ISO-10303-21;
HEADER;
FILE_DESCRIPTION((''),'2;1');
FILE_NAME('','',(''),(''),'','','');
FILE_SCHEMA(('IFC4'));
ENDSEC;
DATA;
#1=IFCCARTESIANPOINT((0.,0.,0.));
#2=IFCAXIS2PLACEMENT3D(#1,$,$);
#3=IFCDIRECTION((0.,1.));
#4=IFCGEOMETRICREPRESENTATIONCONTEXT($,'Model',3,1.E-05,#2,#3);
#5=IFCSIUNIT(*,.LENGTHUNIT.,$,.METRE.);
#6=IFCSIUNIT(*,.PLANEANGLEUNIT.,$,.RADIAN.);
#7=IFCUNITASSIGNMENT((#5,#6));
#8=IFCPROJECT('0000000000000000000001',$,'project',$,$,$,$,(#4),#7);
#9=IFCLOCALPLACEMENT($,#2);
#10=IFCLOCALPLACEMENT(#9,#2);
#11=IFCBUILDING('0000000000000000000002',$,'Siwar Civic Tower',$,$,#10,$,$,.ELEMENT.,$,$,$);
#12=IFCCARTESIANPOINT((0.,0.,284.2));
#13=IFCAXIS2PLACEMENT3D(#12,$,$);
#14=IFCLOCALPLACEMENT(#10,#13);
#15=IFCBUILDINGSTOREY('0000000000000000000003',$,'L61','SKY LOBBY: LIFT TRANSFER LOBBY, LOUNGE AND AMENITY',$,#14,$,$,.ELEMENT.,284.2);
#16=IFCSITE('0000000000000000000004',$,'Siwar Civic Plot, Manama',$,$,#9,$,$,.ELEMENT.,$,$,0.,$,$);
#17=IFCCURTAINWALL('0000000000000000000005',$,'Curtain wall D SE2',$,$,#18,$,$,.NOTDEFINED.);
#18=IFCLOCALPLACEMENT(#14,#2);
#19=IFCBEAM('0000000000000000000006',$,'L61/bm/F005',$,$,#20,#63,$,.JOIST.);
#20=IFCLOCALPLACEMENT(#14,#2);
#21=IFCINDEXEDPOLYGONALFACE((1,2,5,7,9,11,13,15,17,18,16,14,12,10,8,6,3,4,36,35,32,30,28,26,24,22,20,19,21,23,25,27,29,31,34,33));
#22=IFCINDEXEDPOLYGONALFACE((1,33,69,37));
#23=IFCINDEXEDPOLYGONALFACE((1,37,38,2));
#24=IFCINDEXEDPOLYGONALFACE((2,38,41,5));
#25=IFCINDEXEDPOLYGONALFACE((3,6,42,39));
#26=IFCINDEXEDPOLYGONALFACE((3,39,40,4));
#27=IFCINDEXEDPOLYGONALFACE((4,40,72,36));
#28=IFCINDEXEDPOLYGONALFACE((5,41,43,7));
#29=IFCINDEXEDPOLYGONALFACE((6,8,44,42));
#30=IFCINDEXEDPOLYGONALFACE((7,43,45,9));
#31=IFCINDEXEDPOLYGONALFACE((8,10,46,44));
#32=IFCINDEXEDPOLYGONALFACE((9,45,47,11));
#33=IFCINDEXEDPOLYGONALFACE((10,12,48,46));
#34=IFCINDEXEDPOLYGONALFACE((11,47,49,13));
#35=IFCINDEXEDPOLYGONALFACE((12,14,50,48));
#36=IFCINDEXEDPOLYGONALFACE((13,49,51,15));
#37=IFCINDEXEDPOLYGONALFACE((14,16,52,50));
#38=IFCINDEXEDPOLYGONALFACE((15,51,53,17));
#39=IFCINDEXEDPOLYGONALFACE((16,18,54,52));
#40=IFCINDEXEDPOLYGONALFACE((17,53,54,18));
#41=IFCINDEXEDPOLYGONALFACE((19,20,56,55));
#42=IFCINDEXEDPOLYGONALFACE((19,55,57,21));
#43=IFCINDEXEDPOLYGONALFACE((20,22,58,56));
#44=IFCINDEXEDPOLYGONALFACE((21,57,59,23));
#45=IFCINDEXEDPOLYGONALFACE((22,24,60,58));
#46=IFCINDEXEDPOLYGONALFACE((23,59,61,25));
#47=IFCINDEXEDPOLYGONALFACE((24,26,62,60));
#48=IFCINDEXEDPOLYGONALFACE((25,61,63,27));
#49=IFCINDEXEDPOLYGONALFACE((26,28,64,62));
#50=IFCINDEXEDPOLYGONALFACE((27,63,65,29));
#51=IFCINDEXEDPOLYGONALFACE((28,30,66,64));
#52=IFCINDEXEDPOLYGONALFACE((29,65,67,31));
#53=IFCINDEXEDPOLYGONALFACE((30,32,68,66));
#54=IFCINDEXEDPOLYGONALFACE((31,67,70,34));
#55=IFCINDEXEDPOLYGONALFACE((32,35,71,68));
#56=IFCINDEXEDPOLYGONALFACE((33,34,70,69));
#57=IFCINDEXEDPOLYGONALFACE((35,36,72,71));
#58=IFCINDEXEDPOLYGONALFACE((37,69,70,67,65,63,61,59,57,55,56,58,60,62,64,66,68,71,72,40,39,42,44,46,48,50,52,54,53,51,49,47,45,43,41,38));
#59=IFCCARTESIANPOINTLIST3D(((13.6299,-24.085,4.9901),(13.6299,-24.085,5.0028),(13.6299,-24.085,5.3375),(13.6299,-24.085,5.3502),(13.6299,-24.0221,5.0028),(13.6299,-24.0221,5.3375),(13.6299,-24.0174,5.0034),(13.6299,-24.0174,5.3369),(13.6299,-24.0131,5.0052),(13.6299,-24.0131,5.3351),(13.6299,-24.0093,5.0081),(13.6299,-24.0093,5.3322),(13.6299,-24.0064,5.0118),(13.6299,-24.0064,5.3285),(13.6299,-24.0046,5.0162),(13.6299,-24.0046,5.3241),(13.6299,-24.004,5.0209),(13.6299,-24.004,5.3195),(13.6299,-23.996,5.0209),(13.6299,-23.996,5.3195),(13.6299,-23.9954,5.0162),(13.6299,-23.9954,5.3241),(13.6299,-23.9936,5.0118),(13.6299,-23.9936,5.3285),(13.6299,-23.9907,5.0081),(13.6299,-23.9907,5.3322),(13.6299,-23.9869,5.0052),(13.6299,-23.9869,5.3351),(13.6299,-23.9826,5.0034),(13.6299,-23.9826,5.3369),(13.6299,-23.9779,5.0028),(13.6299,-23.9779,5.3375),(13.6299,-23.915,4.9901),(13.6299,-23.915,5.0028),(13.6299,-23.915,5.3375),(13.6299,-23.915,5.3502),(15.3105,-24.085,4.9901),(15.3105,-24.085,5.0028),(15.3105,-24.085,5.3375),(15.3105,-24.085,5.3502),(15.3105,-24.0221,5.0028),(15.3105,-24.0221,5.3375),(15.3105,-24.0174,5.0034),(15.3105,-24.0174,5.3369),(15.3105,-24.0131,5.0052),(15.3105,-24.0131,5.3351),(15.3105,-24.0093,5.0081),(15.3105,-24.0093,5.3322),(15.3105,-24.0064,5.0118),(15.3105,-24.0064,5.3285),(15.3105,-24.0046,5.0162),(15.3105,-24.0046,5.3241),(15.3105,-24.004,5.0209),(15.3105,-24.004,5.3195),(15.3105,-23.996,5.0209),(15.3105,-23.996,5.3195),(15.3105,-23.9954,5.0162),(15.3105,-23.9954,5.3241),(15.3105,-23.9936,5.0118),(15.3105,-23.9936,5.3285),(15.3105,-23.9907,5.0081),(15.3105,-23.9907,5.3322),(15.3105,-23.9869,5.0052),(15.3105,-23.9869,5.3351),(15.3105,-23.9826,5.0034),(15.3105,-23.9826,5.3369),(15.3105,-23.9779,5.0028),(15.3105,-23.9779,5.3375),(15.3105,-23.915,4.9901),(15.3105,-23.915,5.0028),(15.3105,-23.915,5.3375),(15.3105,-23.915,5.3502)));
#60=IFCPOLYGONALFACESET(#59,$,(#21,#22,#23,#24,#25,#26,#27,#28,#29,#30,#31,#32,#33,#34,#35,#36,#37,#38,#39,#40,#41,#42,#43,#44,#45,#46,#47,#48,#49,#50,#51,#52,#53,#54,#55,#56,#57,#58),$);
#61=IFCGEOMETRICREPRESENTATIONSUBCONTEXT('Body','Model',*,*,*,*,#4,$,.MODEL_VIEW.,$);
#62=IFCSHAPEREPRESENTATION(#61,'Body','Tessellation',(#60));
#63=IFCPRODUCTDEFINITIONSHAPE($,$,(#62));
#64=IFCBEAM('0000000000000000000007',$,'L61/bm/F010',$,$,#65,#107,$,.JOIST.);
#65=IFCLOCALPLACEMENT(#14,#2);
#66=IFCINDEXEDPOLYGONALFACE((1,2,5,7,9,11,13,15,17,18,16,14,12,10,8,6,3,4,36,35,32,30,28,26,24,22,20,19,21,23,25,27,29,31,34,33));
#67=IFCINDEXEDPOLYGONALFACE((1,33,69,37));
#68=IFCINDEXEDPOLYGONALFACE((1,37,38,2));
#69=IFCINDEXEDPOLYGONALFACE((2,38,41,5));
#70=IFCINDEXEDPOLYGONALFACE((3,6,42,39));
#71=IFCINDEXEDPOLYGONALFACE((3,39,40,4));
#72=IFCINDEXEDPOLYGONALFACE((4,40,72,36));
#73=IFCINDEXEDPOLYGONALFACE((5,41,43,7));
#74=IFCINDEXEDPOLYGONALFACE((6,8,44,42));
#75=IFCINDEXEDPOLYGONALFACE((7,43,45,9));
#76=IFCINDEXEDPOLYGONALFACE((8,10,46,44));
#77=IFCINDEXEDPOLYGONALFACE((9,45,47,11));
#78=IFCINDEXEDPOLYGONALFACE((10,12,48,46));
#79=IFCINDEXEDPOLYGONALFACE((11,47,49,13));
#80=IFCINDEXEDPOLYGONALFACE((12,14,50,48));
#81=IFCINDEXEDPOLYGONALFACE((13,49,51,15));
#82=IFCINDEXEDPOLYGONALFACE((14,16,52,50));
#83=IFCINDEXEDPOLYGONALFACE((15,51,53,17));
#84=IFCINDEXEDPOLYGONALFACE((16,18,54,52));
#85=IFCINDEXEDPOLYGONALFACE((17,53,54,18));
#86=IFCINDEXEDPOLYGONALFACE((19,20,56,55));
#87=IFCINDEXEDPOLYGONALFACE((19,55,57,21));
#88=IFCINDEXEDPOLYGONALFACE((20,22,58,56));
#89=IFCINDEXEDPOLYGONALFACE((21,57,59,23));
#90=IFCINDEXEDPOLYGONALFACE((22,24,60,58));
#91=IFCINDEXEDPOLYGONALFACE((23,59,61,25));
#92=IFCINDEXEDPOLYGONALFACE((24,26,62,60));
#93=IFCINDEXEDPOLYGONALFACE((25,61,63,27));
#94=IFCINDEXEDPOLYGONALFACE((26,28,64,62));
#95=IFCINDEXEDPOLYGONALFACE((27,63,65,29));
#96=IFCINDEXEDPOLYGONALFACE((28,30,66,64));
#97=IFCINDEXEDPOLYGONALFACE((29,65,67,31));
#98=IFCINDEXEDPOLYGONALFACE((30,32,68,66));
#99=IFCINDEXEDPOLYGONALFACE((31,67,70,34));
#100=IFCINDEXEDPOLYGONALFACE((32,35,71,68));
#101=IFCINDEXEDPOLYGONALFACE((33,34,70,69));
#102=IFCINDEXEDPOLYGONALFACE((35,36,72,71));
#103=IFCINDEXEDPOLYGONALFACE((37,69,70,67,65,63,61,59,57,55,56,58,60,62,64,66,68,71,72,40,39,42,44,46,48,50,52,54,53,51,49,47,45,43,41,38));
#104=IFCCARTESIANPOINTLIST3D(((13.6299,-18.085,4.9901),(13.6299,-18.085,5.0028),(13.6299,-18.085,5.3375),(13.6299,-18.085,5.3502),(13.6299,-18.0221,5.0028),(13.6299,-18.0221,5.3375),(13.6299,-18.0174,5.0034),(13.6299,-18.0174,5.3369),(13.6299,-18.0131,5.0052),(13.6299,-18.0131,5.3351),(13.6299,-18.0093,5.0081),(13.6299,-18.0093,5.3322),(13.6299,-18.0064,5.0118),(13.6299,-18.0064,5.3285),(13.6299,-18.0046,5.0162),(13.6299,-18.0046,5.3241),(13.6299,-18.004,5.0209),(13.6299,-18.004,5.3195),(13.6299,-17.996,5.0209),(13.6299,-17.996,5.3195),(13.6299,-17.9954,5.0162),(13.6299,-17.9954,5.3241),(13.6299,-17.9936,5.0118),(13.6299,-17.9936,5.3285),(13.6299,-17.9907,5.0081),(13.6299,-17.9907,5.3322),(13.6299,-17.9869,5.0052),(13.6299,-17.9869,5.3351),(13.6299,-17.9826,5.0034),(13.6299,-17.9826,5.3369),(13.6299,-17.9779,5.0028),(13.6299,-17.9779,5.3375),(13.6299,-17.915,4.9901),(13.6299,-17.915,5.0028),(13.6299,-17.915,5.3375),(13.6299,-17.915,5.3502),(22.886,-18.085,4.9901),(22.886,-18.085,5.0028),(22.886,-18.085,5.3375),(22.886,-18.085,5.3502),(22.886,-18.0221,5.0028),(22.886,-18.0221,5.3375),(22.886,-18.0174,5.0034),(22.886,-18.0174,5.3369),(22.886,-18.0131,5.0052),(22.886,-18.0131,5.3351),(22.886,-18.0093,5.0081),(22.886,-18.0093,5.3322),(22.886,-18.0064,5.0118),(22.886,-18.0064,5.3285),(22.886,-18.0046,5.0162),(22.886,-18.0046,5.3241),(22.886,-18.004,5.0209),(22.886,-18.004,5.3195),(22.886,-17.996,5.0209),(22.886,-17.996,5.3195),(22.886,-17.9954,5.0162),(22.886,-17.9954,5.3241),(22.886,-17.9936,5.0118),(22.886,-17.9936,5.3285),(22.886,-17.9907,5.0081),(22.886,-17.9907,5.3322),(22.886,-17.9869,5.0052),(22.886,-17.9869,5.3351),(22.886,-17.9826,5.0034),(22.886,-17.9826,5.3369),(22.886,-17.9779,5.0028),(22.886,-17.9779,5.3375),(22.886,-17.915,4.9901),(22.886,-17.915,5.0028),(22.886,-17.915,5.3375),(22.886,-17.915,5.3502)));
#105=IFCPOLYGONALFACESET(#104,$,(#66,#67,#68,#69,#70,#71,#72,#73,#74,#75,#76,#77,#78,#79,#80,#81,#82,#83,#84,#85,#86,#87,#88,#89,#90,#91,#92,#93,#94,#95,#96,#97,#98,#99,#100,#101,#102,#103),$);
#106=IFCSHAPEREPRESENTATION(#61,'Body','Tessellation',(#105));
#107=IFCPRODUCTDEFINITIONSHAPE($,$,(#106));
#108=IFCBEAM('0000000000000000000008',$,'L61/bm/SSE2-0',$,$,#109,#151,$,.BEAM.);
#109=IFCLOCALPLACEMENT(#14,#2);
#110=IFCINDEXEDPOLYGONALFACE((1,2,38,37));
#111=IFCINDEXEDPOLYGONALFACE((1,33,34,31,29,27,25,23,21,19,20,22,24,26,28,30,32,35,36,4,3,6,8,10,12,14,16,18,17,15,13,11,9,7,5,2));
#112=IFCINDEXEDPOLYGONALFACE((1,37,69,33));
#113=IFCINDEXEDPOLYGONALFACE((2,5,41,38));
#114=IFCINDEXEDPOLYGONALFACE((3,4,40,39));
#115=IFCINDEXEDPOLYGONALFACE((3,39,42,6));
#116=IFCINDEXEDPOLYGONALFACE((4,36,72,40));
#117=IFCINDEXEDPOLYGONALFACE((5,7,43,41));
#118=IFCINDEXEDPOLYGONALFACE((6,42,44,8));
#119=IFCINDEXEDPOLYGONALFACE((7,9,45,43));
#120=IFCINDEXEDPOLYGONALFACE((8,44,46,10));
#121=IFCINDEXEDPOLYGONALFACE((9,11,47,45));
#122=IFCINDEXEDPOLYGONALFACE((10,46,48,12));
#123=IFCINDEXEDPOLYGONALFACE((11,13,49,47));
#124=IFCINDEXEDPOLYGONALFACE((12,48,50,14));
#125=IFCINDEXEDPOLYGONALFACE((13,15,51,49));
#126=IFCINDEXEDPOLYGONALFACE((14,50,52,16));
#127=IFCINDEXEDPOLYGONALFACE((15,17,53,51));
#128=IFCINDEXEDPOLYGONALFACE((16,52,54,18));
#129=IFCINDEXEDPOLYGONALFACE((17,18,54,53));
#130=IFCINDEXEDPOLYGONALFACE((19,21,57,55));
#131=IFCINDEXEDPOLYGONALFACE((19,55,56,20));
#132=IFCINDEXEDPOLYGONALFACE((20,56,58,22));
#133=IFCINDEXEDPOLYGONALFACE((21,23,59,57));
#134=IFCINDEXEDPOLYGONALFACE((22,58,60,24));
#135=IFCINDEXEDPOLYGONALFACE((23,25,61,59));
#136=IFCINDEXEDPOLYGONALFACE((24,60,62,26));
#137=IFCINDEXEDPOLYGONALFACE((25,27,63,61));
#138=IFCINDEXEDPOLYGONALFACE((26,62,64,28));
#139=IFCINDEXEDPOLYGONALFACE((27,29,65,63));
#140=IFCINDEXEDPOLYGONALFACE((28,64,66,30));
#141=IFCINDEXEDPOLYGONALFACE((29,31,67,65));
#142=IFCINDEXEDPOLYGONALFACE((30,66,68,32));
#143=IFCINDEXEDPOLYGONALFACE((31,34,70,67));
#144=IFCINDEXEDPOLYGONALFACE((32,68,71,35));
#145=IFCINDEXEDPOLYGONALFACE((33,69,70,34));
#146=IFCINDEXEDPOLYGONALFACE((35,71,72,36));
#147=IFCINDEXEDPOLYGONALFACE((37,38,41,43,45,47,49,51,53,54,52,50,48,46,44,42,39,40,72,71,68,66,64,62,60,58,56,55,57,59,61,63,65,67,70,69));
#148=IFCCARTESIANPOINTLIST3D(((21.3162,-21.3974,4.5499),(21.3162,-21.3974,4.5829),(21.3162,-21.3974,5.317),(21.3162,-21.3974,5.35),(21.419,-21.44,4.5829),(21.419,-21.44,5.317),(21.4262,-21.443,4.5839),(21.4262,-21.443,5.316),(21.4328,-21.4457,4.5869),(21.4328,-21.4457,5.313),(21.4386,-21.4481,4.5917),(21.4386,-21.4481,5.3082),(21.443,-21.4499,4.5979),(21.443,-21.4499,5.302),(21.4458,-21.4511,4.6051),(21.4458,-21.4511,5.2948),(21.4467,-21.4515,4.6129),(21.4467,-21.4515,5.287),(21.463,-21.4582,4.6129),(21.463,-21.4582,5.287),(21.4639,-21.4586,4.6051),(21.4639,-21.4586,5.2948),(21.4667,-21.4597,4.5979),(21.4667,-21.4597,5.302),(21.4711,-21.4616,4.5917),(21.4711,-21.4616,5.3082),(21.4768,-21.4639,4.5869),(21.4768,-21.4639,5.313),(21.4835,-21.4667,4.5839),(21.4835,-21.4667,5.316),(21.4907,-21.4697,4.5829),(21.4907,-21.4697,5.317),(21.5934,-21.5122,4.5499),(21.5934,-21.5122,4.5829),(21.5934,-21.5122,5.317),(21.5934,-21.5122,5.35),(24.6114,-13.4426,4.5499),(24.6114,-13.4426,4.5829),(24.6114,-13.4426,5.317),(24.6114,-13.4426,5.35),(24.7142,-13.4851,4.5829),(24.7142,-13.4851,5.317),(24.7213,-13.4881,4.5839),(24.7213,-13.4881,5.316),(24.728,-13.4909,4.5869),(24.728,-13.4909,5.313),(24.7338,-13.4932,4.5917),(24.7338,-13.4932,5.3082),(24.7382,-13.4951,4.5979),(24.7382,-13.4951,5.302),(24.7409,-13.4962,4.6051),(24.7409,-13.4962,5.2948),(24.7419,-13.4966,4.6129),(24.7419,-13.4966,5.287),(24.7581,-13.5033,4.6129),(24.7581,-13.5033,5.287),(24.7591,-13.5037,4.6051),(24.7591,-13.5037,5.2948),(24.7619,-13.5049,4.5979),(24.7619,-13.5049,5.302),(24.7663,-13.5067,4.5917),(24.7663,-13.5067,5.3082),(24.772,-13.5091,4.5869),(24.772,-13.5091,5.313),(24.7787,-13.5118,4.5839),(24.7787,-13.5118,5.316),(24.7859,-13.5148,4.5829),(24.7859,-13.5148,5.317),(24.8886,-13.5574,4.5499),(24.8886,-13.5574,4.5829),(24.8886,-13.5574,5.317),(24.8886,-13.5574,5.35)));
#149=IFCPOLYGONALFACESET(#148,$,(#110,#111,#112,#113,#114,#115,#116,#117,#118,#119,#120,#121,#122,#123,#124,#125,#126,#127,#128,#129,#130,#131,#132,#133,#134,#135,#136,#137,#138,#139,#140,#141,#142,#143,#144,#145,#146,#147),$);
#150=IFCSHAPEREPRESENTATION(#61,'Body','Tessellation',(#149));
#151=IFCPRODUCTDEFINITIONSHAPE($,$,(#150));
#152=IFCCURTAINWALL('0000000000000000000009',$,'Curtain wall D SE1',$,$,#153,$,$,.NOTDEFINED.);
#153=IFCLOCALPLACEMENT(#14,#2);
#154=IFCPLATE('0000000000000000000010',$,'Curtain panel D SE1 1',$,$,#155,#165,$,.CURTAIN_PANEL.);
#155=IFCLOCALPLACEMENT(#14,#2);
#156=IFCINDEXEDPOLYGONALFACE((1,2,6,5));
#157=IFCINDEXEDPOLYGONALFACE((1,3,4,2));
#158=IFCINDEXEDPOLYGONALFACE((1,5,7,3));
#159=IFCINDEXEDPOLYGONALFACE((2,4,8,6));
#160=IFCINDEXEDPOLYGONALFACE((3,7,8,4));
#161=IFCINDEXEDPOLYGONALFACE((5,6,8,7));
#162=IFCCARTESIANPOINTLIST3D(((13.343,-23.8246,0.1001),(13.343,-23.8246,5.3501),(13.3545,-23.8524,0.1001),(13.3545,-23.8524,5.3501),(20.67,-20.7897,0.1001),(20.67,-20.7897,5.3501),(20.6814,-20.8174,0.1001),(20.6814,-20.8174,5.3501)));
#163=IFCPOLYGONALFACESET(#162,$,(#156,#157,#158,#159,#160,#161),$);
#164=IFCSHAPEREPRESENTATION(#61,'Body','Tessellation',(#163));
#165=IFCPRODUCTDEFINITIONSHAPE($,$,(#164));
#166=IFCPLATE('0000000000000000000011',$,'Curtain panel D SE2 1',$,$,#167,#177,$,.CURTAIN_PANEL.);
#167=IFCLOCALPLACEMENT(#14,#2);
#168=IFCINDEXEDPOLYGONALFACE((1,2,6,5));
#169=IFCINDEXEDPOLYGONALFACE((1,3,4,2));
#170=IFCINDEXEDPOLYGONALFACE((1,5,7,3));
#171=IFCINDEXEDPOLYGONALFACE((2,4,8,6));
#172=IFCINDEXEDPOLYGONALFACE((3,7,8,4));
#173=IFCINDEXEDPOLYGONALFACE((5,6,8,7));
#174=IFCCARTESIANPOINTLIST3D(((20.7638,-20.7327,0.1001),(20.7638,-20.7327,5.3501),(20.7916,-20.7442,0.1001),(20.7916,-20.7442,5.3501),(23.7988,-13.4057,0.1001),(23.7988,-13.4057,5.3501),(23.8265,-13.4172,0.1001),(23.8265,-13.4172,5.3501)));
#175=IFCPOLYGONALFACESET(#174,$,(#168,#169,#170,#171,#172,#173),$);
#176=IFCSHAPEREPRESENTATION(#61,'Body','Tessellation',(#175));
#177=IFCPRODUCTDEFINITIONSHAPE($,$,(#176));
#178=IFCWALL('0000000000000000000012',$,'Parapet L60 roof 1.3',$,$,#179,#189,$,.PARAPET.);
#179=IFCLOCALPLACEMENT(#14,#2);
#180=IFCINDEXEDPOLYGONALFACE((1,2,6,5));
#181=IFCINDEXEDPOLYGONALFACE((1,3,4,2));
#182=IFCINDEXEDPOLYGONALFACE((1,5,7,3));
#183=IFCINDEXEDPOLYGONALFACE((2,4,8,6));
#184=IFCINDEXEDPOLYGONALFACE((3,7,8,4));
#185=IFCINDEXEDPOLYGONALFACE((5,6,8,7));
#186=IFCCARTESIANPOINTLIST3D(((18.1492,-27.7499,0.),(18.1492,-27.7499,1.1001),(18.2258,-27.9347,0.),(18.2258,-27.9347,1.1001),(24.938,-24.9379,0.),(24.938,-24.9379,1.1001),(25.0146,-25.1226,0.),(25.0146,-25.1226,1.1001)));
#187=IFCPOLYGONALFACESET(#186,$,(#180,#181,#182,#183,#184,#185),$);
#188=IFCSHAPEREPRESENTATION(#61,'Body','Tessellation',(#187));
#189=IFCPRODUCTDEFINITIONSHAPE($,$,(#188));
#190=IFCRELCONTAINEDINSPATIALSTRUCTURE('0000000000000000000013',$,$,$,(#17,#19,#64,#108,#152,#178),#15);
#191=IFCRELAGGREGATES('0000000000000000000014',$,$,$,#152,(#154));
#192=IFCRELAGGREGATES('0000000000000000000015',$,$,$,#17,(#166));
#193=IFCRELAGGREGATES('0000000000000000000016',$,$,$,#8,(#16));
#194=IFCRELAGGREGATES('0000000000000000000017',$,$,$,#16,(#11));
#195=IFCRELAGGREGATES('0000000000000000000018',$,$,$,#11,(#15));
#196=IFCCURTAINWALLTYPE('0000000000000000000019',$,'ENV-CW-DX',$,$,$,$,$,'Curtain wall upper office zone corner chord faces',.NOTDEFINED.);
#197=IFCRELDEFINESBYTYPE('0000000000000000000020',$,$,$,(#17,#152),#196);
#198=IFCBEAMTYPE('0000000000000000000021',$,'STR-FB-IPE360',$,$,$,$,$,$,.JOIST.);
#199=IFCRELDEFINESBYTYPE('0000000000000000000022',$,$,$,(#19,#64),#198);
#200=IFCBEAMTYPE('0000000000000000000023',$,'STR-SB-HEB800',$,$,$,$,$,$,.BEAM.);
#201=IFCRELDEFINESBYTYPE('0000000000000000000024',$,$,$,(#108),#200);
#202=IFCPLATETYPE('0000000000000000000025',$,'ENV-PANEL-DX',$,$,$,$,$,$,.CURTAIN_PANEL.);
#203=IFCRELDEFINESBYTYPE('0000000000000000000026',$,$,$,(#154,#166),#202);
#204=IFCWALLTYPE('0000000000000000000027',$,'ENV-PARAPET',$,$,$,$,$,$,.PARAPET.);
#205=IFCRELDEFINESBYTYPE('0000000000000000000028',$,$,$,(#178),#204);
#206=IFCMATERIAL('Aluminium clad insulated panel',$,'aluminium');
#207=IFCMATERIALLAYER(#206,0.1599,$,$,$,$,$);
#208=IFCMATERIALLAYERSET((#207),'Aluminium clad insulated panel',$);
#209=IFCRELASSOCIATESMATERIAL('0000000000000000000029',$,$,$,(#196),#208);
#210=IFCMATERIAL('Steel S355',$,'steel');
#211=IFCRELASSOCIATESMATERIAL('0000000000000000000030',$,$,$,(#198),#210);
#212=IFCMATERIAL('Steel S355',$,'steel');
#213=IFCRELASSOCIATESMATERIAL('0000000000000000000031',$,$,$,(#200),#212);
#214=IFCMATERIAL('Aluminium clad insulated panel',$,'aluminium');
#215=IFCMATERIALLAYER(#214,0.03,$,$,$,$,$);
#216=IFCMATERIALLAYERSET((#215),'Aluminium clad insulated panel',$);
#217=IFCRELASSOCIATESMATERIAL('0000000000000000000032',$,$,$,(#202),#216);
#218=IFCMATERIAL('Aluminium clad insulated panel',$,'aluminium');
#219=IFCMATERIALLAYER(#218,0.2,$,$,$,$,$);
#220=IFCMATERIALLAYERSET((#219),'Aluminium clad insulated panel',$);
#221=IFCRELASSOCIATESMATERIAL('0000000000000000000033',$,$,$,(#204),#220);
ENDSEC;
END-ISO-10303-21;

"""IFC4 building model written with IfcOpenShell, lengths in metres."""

from ifc_helpers import new_model, si_unit, direction, frame, frame_2d, origin, origin_2d, place, context, subcontext, project, spatial, rectangle, i_section, extrude, material, layer, layer_set, material_profile, profile_set, type_object, element, aggregate, save


model = new_model("IFC4")

# Units and contexts
model_context = context("Model", 3, precision=1e-05, world=origin(), true_north=direction((0.0, 1.0)))
body_context = subcontext(model_context, "Body", "Model", "MODEL_VIEW")
ifc_project = project(units=[si_unit("LENGTHUNIT", "METRE"), si_unit("PLANEANGLEUNIT", "RADIAN")], contexts=[model_context])

# Site, building, storey
site_placement = place(None, origin())
site = spatial("IfcSite", under=ifc_project, at=site_placement, Name="Siwar Civic Plot, Manama", CompositionType="ELEMENT", RefElevation=0.0)
building_placement = place(site_placement, origin())
building = spatial("IfcBuilding", under=site, at=building_placement, Name="Siwar Civic Tower", CompositionType="ELEMENT")
storey_placement = place(building_placement, frame((0.0, 0.0, 284.2)))
storey = spatial("IfcBuildingStorey", under=building, at=storey_placement, Name="L61", Description="SKY LOBBY: LIFT TRANSFER LOBBY, LOUNGE AND AMENITY", CompositionType="ELEMENT", Elevation=284.2)

# Curtain wall
ifc_material_1 = material(Name="Aluminium clad insulated panel", Category="aluminium")
ifc_layer_1 = layer(ifc_material_1, 0.1599)
ifc_layer_set_1 = layer_set([ifc_layer_1], Name="Aluminium clad insulated panel")
curtain_wall_type = type_object("IfcCurtainWallType", Name="ENV-CW-DX", ElementType="Curtain wall upper office zone corner chord faces", PredefinedType="NOTDEFINED", material=ifc_layer_set_1)
curtain_wall_1_placement = place(storey_placement, origin())
curtain_wall_1 = element("IfcCurtainWall", 1, at=curtain_wall_1_placement, inside=storey, type_object=curtain_wall_type, Name="Curtain wall D SE2", PredefinedType="NOTDEFINED")

# Beams
ifc_material_2 = material(Name="Steel S355", Category="steel")
ifc_material_profile_1 = material_profile(ifc_material_2, i_section(OverallWidth=0.1699, OverallDepth=0.3601, WebThickness=0.0081, FlangeThickness=0.0127, FilletRadius=0.0181, at=origin_2d()), Name="IPE360")
ifc_profile_set_1 = profile_set([ifc_material_profile_1], Name="Steel S355")
beam_type_1 = type_object("IfcBeamType", Name="STR-FB-IPE360", PredefinedType="JOIST", material=ifc_profile_set_1)
beam_1_placement = place(storey_placement, frame((13.6299, -24.0, 5.1702), z_axis=(1.0, 0.0, 0.0), x_axis=(0.0, 1.0, 0.0)))
element("IfcBeam", 2, at=beam_1_placement, inside=storey, type_object=beam_type_1, Name="L61/bm/F005", PredefinedType="JOIST", context=body_context, shape_type="SweptSolid", body=[
    extrude(i_section(OverallWidth=0.1699, OverallDepth=0.3601, WebThickness=0.0081, FlangeThickness=0.0127, FilletRadius=0.0181, at=origin_2d()), origin(), (0.0, 0.0, 1.0), 1.6807),
])
beam_2_placement = place(storey_placement, frame((13.6299, -18.0, 5.1702), z_axis=(1.0, 0.0, 0.0), x_axis=(0.0, 1.0, 0.0)))
element("IfcBeam", 3, at=beam_2_placement, inside=storey, type_object=beam_type_1, Name="L61/bm/F010", PredefinedType="JOIST", context=body_context, shape_type="SweptSolid", body=[
    extrude(i_section(OverallWidth=0.1699, OverallDepth=0.3601, WebThickness=0.0081, FlangeThickness=0.0127, FilletRadius=0.0181, at=origin_2d()), origin(), (0.0, 0.0, 1.0), 9.2561),
])
ifc_material_3 = material(Name="Steel S355", Category="steel")
ifc_material_profile_2 = material_profile(ifc_material_3, i_section(OverallWidth=0.3, OverallDepth=0.8, WebThickness=0.0176, FlangeThickness=0.033, FilletRadius=0.03, at=origin_2d()), Name="HEB800")
ifc_profile_set_2 = profile_set([ifc_material_profile_2], Name="Steel S355")
beam_type_2 = type_object("IfcBeamType", Name="STR-SB-HEB800", PredefinedType="BEAM", material=ifc_profile_set_2)
beam_3_placement = place(storey_placement, frame((21.4548, -21.4548, 4.95), z_axis=(0.3827, 0.923873, 0.0), x_axis=(-0.923873, 0.3827, 0.0)))
element("IfcBeam", 4, at=beam_3_placement, inside=storey, type_object=beam_type_2, Name="L61/bm/SSE2-0", PredefinedType="BEAM", context=body_context, shape_type="SweptSolid", body=[
    extrude(i_section(OverallWidth=0.3, OverallDepth=0.8, WebThickness=0.0176, FlangeThickness=0.033, FilletRadius=0.03, at=origin_2d()), origin(), (0.0, 0.0, 1.0), 8.6104),
])

# Curtain wall, plate
curtain_wall_2_placement = place(storey_placement, origin())
curtain_wall_2 = element("IfcCurtainWall", 5, at=curtain_wall_2_placement, inside=storey, type_object=curtain_wall_type, Name="Curtain wall D SE1", PredefinedType="NOTDEFINED")
ifc_material_4 = material(Name="Aluminium clad insulated panel", Category="aluminium")
ifc_layer_2 = layer(ifc_material_4, 0.03)
ifc_layer_set_2 = layer_set([ifc_layer_2], Name="Aluminium clad insulated panel")
plate_type = type_object("IfcPlateType", Name="ENV-PANEL-DX", PredefinedType="CURTAIN_PANEL", material=ifc_layer_set_2)
plate_1_placement = place(storey_placement, frame((17.0122, -22.321, 0.1001), z_axis=(0.0, 0.0, 1.0), x_axis=(0.92388, 0.382683, 0.0)))
plate_1 = element("IfcPlate", 6, at=plate_1_placement, type_object=plate_type, Name="Curtain panel D SE1 1", PredefinedType="CURTAIN_PANEL", context=body_context, shape_type="SweptSolid", body=[
    extrude(rectangle(XDim=7.9307, YDim=0.03, at=origin_2d()), origin(), (0.0, 0.0, 1.0), 5.25),
])
aggregate(curtain_wall_2, [plate_1])

# Plate
plate_2_placement = place(storey_placement, frame((22.2952, -17.075, 0.1001), z_axis=(0.0, 0.0, 1.0), x_axis=(0.382683, 0.92388, 0.0)))
plate_2 = element("IfcPlate", 7, at=plate_2_placement, type_object=plate_type, Name="Curtain panel D SE2 1", PredefinedType="CURTAIN_PANEL", context=body_context, shape_type="SweptSolid", body=[
    extrude(rectangle(XDim=7.9307, YDim=0.03, at=origin_2d()), origin(), (0.0, 0.0, 1.0), 5.25),
])
aggregate(curtain_wall_1, [plate_2])

# Wall
ifc_material_5 = material(Name="Aluminium clad insulated panel", Category="aluminium")
ifc_layer_3 = layer(ifc_material_5, 0.2)
ifc_layer_set_3 = layer_set([ifc_layer_3], Name="Aluminium clad insulated panel")
wall_type = type_object("IfcWallType", Name="ENV-PARAPET", PredefinedType="PARAPET", material=ifc_layer_set_3)
for number, where, z_axis, x_axis, name in (
    (8, (18.1875, -27.8423, 0.0), (0.0, 0.0, 1.0), (0.92388, 0.382682, 0.0), "Parapet L60 roof 1.3"),
):
    element("IfcWall", number, at=place(storey_placement, frame(where, z_axis=z_axis, x_axis=x_axis)), inside=storey, type_object=wall_type, Name=name, PredefinedType="PARAPET", context=body_context, shape_type="SweptSolid", body=[
        extrude(rectangle(XDim=7.3481, YDim=0.2, at=frame_2d((3.6741, 0.0))), origin(), (0.0, 0.0, 1.0), 1.1001),
    ])

save(model, "model.ifc")
